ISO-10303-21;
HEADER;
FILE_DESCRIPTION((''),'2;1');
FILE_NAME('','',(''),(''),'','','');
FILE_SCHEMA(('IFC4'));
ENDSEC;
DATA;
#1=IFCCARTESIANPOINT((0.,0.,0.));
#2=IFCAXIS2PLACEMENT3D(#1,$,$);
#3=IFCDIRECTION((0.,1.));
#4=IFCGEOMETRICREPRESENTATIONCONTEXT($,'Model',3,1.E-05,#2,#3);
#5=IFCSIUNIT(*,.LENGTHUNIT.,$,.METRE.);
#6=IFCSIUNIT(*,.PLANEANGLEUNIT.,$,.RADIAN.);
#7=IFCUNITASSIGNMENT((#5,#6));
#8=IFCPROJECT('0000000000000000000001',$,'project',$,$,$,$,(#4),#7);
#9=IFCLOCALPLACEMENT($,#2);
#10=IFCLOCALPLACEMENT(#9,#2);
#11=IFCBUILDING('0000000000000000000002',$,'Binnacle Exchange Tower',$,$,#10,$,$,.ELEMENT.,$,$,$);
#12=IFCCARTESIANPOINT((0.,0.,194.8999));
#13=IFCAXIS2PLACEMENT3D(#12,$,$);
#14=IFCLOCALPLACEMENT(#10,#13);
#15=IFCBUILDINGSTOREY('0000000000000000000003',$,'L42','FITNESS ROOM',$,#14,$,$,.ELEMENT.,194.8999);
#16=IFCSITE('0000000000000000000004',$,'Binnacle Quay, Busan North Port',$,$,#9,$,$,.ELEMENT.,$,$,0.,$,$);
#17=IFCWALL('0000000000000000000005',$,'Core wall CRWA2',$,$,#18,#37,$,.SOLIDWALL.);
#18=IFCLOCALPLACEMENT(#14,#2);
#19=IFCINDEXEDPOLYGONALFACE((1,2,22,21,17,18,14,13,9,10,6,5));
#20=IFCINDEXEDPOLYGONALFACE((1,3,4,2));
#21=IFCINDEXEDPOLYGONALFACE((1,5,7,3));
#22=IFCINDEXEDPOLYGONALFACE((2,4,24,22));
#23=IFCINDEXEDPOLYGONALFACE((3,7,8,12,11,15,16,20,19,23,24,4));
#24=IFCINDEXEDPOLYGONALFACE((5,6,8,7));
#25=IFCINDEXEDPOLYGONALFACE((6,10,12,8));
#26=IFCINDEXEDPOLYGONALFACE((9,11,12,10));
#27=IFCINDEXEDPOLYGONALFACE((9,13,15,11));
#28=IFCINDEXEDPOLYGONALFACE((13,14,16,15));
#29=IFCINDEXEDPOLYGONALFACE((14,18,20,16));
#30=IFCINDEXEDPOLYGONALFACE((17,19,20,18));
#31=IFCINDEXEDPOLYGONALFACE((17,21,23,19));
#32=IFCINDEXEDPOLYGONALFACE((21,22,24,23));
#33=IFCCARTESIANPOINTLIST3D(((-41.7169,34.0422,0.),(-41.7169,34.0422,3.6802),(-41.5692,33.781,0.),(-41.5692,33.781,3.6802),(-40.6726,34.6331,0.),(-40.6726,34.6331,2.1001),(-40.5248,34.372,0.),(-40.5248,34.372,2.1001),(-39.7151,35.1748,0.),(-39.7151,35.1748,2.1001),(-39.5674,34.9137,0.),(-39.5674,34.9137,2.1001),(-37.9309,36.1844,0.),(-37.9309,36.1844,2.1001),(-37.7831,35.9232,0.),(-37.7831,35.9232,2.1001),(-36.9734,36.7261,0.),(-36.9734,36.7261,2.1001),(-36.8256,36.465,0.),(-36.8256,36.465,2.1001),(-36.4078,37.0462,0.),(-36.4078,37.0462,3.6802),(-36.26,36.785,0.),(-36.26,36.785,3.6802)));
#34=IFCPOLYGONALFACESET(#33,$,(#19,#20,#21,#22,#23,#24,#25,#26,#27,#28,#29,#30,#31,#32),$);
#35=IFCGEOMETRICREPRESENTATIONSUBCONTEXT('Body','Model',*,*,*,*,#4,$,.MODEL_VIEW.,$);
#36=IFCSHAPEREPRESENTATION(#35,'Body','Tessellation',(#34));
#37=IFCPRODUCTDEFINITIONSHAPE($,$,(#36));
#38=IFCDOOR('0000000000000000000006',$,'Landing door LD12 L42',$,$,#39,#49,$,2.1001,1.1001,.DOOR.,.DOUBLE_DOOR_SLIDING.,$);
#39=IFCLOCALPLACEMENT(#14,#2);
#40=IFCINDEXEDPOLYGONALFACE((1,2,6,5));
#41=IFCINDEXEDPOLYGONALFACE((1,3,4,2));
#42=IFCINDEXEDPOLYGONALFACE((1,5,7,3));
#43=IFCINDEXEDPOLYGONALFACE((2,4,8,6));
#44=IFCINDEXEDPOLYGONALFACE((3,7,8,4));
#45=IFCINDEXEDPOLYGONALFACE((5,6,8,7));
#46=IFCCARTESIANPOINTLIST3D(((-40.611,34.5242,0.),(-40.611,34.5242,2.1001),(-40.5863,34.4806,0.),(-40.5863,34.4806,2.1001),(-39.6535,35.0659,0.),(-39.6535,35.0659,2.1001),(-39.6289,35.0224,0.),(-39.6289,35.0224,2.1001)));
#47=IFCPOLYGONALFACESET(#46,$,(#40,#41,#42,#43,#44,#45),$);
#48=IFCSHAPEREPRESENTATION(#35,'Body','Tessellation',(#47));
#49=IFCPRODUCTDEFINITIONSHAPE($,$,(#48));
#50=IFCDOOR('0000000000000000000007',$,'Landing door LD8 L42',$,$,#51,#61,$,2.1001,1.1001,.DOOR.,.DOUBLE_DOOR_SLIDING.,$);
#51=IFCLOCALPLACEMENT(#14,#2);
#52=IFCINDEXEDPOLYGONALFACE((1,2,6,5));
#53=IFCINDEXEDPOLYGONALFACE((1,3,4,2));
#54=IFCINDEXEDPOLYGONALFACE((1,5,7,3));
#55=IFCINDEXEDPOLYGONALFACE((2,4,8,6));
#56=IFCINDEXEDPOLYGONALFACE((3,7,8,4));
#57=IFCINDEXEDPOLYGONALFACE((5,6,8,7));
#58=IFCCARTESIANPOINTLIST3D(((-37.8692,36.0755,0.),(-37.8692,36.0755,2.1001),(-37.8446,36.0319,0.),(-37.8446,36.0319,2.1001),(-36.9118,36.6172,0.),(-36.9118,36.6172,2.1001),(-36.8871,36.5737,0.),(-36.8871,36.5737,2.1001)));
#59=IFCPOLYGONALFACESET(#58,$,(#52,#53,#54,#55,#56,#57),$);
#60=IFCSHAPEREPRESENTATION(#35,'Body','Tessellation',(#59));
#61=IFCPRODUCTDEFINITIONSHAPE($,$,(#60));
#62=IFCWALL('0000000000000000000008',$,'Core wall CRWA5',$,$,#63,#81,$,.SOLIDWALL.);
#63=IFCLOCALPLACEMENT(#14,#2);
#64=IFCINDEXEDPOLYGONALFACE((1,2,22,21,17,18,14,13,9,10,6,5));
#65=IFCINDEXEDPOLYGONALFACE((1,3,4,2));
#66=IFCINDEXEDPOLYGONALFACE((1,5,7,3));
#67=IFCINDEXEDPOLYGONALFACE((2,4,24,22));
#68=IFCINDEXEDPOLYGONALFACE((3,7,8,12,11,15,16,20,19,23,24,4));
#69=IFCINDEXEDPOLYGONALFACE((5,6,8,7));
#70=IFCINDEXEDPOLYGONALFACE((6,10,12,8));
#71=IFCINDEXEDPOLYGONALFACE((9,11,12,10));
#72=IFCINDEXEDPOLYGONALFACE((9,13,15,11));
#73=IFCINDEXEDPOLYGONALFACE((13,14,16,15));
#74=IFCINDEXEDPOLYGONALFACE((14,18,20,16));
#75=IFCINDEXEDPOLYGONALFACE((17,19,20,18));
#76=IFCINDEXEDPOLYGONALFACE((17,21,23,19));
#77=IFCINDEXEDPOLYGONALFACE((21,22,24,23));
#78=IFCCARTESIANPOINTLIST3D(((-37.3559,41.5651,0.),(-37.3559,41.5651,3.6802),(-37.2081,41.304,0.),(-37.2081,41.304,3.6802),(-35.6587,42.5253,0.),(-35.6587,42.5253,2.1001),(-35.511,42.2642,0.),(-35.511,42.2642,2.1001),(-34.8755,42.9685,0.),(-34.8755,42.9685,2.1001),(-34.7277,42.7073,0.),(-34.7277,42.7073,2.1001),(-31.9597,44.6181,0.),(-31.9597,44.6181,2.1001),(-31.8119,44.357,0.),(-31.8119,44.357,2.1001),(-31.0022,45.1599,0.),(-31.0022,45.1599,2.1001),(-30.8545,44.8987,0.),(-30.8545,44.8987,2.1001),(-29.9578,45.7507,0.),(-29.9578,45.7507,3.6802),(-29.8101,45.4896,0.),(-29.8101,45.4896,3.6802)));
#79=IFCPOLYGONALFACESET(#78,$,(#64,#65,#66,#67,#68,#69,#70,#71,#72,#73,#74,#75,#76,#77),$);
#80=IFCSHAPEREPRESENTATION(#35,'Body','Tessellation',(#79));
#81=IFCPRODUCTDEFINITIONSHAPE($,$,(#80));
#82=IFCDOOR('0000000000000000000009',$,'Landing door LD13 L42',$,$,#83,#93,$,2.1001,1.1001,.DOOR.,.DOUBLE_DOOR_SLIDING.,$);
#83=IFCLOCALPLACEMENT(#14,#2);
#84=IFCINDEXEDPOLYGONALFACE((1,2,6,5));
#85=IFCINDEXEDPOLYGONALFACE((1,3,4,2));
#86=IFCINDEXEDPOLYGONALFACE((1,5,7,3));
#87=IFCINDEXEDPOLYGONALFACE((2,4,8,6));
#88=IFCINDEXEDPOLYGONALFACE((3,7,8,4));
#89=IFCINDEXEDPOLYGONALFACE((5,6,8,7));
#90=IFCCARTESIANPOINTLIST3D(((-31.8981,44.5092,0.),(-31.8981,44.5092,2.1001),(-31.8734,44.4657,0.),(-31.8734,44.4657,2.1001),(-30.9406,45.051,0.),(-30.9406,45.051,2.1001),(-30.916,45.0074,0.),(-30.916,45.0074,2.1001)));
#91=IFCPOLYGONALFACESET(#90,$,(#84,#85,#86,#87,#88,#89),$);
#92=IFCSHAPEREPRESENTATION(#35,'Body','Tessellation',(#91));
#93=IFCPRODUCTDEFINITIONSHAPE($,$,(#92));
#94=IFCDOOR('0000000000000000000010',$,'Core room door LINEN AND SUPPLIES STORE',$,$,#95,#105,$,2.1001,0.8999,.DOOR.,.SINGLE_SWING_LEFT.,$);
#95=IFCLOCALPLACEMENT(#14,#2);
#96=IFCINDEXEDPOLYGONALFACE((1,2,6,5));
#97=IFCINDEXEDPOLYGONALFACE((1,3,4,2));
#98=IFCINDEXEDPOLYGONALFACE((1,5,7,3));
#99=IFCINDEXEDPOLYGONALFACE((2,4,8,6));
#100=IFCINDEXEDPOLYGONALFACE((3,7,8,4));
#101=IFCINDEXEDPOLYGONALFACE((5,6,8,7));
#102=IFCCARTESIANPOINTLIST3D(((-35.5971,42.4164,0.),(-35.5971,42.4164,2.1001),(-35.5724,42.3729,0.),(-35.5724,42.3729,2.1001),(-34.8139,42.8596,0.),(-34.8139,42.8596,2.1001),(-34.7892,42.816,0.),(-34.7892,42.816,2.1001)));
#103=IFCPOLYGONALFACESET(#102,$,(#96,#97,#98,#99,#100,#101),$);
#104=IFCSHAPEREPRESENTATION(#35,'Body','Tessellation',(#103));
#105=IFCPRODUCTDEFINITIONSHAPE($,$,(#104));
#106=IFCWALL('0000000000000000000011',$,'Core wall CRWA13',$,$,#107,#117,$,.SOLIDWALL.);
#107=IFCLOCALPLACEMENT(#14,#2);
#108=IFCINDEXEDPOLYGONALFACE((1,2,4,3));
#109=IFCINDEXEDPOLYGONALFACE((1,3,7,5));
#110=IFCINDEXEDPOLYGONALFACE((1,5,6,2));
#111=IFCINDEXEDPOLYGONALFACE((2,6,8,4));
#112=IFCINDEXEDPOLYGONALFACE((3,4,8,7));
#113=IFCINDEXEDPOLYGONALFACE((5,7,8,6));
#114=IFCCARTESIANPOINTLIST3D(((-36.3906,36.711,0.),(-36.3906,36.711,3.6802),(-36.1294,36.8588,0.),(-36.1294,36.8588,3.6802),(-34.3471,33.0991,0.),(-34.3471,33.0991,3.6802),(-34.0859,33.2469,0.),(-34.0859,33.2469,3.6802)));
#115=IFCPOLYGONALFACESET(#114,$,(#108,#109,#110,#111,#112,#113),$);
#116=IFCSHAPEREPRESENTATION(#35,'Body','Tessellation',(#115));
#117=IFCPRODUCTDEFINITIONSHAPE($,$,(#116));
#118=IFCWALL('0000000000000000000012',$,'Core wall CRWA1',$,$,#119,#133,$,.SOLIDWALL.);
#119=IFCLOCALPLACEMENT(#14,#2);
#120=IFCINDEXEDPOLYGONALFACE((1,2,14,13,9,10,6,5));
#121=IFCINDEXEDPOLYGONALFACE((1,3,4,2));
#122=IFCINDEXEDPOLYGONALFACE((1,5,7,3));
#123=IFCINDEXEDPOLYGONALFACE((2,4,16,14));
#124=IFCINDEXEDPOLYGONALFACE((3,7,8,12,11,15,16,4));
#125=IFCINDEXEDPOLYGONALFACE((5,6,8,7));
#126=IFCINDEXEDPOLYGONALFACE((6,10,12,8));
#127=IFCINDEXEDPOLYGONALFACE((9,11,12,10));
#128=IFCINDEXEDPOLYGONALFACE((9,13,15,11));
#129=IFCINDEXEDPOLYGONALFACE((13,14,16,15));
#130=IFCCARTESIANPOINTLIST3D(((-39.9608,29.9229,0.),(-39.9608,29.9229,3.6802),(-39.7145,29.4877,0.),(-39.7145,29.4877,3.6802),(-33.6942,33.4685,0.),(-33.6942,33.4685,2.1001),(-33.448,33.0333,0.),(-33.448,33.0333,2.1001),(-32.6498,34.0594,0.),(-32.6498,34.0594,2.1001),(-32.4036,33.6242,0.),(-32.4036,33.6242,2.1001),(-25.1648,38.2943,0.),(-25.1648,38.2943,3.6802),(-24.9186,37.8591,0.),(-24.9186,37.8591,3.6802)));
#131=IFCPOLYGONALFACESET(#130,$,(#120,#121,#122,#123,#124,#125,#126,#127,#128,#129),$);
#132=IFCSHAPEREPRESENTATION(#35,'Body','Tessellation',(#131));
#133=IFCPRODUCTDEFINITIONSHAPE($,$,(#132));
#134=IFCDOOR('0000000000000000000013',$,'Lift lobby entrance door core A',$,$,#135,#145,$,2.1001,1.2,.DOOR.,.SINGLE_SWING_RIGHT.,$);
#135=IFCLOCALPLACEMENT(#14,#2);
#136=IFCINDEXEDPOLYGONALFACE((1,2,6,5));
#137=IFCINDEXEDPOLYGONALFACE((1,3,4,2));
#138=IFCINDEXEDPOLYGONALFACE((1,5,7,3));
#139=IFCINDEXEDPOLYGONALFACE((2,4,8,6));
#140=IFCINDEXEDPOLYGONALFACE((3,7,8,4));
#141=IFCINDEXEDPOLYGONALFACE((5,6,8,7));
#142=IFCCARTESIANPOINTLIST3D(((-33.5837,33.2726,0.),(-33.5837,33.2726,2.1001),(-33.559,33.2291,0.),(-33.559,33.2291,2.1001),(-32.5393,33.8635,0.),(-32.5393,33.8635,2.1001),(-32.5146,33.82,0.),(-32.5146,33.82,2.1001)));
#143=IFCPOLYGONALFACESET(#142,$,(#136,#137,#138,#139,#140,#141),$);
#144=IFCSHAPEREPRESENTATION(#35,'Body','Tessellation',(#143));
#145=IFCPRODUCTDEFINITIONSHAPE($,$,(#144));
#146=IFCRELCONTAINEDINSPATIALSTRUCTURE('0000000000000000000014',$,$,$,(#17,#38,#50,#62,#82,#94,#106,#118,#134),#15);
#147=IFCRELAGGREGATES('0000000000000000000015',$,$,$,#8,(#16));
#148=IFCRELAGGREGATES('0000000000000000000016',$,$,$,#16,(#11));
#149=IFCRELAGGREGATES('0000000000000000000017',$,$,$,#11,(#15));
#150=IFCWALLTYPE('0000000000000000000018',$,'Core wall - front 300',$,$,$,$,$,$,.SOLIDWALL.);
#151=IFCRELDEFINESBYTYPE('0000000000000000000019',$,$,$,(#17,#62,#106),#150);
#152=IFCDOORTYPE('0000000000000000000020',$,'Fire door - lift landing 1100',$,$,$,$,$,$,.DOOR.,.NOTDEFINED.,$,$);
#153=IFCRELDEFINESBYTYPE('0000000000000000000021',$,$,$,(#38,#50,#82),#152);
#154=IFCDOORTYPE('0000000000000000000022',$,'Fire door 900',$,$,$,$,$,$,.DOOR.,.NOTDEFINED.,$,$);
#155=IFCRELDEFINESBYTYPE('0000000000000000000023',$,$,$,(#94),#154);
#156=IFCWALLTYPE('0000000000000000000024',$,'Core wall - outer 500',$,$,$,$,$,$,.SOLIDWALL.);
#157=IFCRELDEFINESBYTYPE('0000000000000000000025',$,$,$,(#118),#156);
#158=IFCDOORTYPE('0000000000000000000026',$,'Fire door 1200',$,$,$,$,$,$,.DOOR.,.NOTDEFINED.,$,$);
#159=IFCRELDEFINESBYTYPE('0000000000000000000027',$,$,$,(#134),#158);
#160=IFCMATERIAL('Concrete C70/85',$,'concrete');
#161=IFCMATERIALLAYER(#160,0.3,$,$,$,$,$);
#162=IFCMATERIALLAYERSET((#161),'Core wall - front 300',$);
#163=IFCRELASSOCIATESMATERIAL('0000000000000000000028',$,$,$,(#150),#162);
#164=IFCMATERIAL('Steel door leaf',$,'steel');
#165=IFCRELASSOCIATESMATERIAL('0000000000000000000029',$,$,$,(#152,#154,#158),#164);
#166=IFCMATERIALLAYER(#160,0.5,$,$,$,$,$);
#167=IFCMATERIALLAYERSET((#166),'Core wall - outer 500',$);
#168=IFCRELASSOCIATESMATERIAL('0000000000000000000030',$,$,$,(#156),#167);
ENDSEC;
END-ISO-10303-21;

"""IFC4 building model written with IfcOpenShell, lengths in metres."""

from ifc_helpers import new_model, si_unit, direction, frame, frame_2d, origin, place, context, subcontext, project, spatial, rectangle, extrude, material, layer, layer_set, type_object, element, fill, save


model = new_model("IFC4")

# Units and contexts
model_context = context("Model", 3, precision=1e-05, world=origin(), true_north=direction((0.0, 1.0)))
body_context = subcontext(model_context, "Body", "Model", "MODEL_VIEW")
ifc_project = project(units=[si_unit("LENGTHUNIT", "METRE"), si_unit("PLANEANGLEUNIT", "RADIAN")], contexts=[model_context])

# Site, building, storey
site_placement = place(None, origin())
site = spatial("IfcSite", under=ifc_project, at=site_placement, Name="Binnacle Quay, Busan North Port", CompositionType="ELEMENT", RefElevation=0.0)
building_placement = place(site_placement, origin())
building = spatial("IfcBuilding", under=site, at=building_placement, Name="Binnacle Exchange Tower", CompositionType="ELEMENT")
storey_placement = place(building_placement, frame((0.0, 0.0, 194.8999)))
storey = spatial("IfcBuildingStorey", under=building, at=storey_placement, Name="L42", Description="FITNESS ROOM", CompositionType="ELEMENT", Elevation=194.8999)

# Shared definitions
ifc_material_1 = material(Name="Concrete C70/85", Category="concrete")

# Walls, openings, doors
ifc_layer_1 = layer(ifc_material_1, 0.3)
ifc_layer_set_1 = layer_set([ifc_layer_1], Name="Core wall - front 300")
wall_type_1 = type_object("IfcWallType", Name="Core wall - front 300", PredefinedType="SOLIDWALL", material=ifc_layer_set_1)
wall_1_placement = place(storey_placement, frame((-41.6431, 33.9116, 0.0), z_axis=(0.0, 0.0, 1.0), x_axis=(0.870344, 0.492445, 0.0)))
wall_1 = element("IfcWall", 1, at=wall_1_placement, inside=storey, type_object=wall_type_1, Name="Core wall CRWA2", PredefinedType="SOLIDWALL", context=body_context, shape_type="SweptSolid", body=[
    extrude(rectangle(XDim=6.1001, YDim=0.3, at=frame_2d((3.05, 0.0))), origin(), (0.0, 0.0, 1.0), 3.6802),
])
opening_1_placement = place(wall_1_placement, frame((1.2, 0.0, 0.0)))
opening_1 = element("IfcOpeningElement", 2, at=opening_1_placement, cuts=wall_1, PredefinedType="OPENING", context=body_context, shape_type="SweptSolid", body=[
    extrude(rectangle(XDim=1.1001, YDim=2.1001, at=frame_2d((0.55, 1.05))), frame((0.0, 0.1599, 0.0), z_axis=(0.0, -1.0, 0.0), x_axis=(1.0, 0.0, 0.0)), (0.0, 0.0, 1.0), 0.3201),
])
opening_2_placement = place(wall_1_placement, frame((4.3501, 0.0, 0.0)))
opening_2 = element("IfcOpeningElement", 3, at=opening_2_placement, cuts=wall_1, PredefinedType="OPENING", context=body_context, shape_type="SweptSolid", body=[
    extrude(rectangle(XDim=1.1001, YDim=2.1001, at=frame_2d((0.55, 1.05))), frame((0.0, 0.1599, 0.0), z_axis=(0.0, -1.0, 0.0), x_axis=(1.0, 0.0, 0.0)), (0.0, 0.0, 1.0), 0.3201),
])
ifc_material_2 = material(Name="Steel door leaf", Category="steel")
door_type_1 = type_object("IfcDoorType", Name="Fire door - lift landing 1100", OperationType="NOTDEFINED", PredefinedType="DOOR", material=ifc_material_2)
door_1_placement = place(opening_1_placement, origin())
door_1 = element("IfcDoor", 4, at=door_1_placement, inside=storey, type_object=door_type_1, Name="Landing door LD12 L42", OperationType="DOUBLE_DOOR_SLIDING", OverallHeight=2.1001, OverallWidth=1.1001, PredefinedType="DOOR", context=body_context, shape_type="SweptSolid", body=[
    extrude(rectangle(XDim=1.1001, YDim=2.1001, at=frame_2d((0.55, 1.05))), frame((0.0, 0.0249, 0.0), z_axis=(0.0, -1.0, 0.0), x_axis=(1.0, 0.0, 0.0)), (0.0, 0.0, 1.0), 0.05),
])
fill(opening_1, door_1)
door_2_placement = place(opening_2_placement, origin())
door_2 = element("IfcDoor", 5, at=door_2_placement, inside=storey, type_object=door_type_1, Name="Landing door LD8 L42", OperationType="DOUBLE_DOOR_SLIDING", OverallHeight=2.1001, OverallWidth=1.1001, PredefinedType="DOOR", context=body_context, shape_type="SweptSolid", body=[
    extrude(rectangle(XDim=1.1001, YDim=2.1001, at=frame_2d((0.55, 1.05))), frame((0.0, 0.0249, 0.0), z_axis=(0.0, -1.0, 0.0), x_axis=(1.0, 0.0, 0.0)), (0.0, 0.0, 1.0), 0.05),
])
fill(opening_2, door_2)
wall_2_placement = place(storey_placement, frame((-37.282, 41.4346, 0.0), z_axis=(0.0, 0.0, 1.0), x_axis=(0.870356, 0.492423, 0.0)))
wall_2 = element("IfcWall", 6, at=wall_2_placement, inside=storey, type_object=wall_type_1, Name="Core wall CRWA5", PredefinedType="SOLIDWALL", context=body_context, shape_type="SweptSolid", body=[
    extrude(rectangle(XDim=8.5, YDim=0.3, at=frame_2d((4.25, 0.0))), origin(), (0.0, 0.0, 1.0), 3.6802),
])
opening_3_placement = place(wall_2_placement, frame((6.2, 0.0, 0.0)))
opening_3 = element("IfcOpeningElement", 7, at=opening_3_placement, cuts=wall_2, PredefinedType="OPENING", context=body_context, shape_type="SweptSolid", body=[
    extrude(rectangle(XDim=1.1001, YDim=2.1001, at=frame_2d((0.55, 1.05))), frame((0.0, 0.1599, 0.0), z_axis=(0.0, -1.0, 0.0), x_axis=(1.0, 0.0, 0.0)), (0.0, 0.0, 1.0), 0.3201),
])
opening_4_placement = place(wall_2_placement, frame((1.95, 0.0, 0.0)))
opening_4 = element("IfcOpeningElement", 8, at=opening_4_placement, cuts=wall_2, PredefinedType="OPENING", context=body_context, shape_type="SweptSolid", body=[
    extrude(rectangle(XDim=0.8999, YDim=2.1001, at=frame_2d((0.45, 1.05))), frame((0.0, 0.1599, 0.0), z_axis=(0.0, -1.0, 0.0), x_axis=(1.0, 0.0, 0.0)), (0.0, 0.0, 1.0), 0.3201),
])
door_3_placement = place(opening_3_placement, origin())
door_3 = element("IfcDoor", 9, at=door_3_placement, inside=storey, type_object=door_type_1, Name="Landing door LD13 L42", OperationType="DOUBLE_DOOR_SLIDING", OverallHeight=2.1001, OverallWidth=1.1001, PredefinedType="DOOR", context=body_context, shape_type="SweptSolid", body=[
    extrude(rectangle(XDim=1.1001, YDim=2.1001, at=frame_2d((0.55, 1.05))), frame((0.0, 0.0249, 0.0), z_axis=(0.0, -1.0, 0.0), x_axis=(1.0, 0.0, 0.0)), (0.0, 0.0, 1.0), 0.05),
])
fill(opening_3, door_3)
door_type_2 = type_object("IfcDoorType", Name="Fire door 900", OperationType="NOTDEFINED", PredefinedType="DOOR", material=ifc_material_2)
door_4_placement = place(opening_4_placement, origin())
door_4 = element("IfcDoor", 10, at=door_4_placement, inside=storey, type_object=door_type_2, Name="Core room door LINEN AND SUPPLIES STORE", OperationType="SINGLE_SWING_LEFT", OverallHeight=2.1001, OverallWidth=0.8999, PredefinedType="DOOR", context=body_context, shape_type="SweptSolid", body=[
    extrude(rectangle(XDim=0.8999, YDim=2.1001, at=frame_2d((0.45, 1.05))), frame((0.0, 0.0249, 0.0), z_axis=(0.0, -1.0, 0.0), x_axis=(1.0, 0.0, 0.0)), (0.0, 0.0, 1.0), 0.05),
])
fill(opening_4, door_4)

# Wall
wall_3_placement = place(storey_placement, frame((-36.26, 36.7849, 0.0), z_axis=(0.0, 0.0, 1.0), x_axis=(0.492422, -0.870357, 0.0)))
element("IfcWall", 11, at=wall_3_placement, inside=storey, type_object=wall_type_1, Name="Core wall CRWA13", PredefinedType="SOLIDWALL", context=body_context, shape_type="SweptSolid", body=[
    extrude(rectangle(XDim=4.1499, YDim=0.3, at=frame_2d((2.075, 0.0))), origin(), (0.0, 0.0, 1.0), 3.6802),
])

# Wall, opening, door
ifc_layer_2 = layer(ifc_material_1, 0.5)
ifc_layer_set_2 = layer_set([ifc_layer_2], Name="Core wall - outer 500")
wall_type_2 = type_object("IfcWallType", Name="Core wall - outer 500", PredefinedType="SOLIDWALL", material=ifc_layer_set_2)
wall_4_placement = place(storey_placement, frame((-39.8376, 29.7053, 0.0), z_axis=(0.0, 0.0, 1.0), x_axis=(0.87035, 0.492433, 0.0)))
wall_4 = element("IfcWall", 12, at=wall_4_placement, inside=storey, type_object=wall_type_2, Name="Core wall CRWA1", PredefinedType="SOLIDWALL", context=body_context, shape_type="SweptSolid", body=[
    extrude(rectangle(XDim=17.0, YDim=0.5, at=frame_2d((8.5, 0.0))), origin(), (0.0, 0.0, 1.0), 3.6802),
])
opening_5_placement = place(wall_4_placement, frame((7.2, 0.0, 0.0)))
opening_5 = element("IfcOpeningElement", 13, at=opening_5_placement, cuts=wall_4, PredefinedType="OPENING", context=body_context, shape_type="SweptSolid", body=[
    extrude(rectangle(XDim=1.2, YDim=2.1001, at=frame_2d((0.6001, 1.05))), frame((0.0, 0.26, 0.0), z_axis=(0.0, -1.0, 0.0), x_axis=(1.0, 0.0, 0.0)), (0.0, 0.0, 1.0), 0.52),
])
door_type_3 = type_object("IfcDoorType", Name="Fire door 1200", OperationType="NOTDEFINED", PredefinedType="DOOR", material=ifc_material_2)
door_5_placement = place(opening_5_placement, frame((1.2, 0.0, 0.0), z_axis=(0.0, 0.0, 1.0), x_axis=(-1.0, 0.0, 0.0)))
door_5 = element("IfcDoor", 14, at=door_5_placement, inside=storey, type_object=door_type_3, Name="Lift lobby entrance door core A", OperationType="SINGLE_SWING_RIGHT", OverallHeight=2.1001, OverallWidth=1.2, PredefinedType="DOOR", context=body_context, shape_type="SweptSolid", body=[
    extrude(rectangle(XDim=1.2, YDim=2.1001, at=frame_2d((0.6001, 1.05))), frame((0.0, 0.0249, 0.0), z_axis=(0.0, -1.0, 0.0), x_axis=(1.0, 0.0, 0.0)), (0.0, 0.0, 1.0), 0.05),
])
fill(opening_5, door_5)

save(model, "model.ifc")
